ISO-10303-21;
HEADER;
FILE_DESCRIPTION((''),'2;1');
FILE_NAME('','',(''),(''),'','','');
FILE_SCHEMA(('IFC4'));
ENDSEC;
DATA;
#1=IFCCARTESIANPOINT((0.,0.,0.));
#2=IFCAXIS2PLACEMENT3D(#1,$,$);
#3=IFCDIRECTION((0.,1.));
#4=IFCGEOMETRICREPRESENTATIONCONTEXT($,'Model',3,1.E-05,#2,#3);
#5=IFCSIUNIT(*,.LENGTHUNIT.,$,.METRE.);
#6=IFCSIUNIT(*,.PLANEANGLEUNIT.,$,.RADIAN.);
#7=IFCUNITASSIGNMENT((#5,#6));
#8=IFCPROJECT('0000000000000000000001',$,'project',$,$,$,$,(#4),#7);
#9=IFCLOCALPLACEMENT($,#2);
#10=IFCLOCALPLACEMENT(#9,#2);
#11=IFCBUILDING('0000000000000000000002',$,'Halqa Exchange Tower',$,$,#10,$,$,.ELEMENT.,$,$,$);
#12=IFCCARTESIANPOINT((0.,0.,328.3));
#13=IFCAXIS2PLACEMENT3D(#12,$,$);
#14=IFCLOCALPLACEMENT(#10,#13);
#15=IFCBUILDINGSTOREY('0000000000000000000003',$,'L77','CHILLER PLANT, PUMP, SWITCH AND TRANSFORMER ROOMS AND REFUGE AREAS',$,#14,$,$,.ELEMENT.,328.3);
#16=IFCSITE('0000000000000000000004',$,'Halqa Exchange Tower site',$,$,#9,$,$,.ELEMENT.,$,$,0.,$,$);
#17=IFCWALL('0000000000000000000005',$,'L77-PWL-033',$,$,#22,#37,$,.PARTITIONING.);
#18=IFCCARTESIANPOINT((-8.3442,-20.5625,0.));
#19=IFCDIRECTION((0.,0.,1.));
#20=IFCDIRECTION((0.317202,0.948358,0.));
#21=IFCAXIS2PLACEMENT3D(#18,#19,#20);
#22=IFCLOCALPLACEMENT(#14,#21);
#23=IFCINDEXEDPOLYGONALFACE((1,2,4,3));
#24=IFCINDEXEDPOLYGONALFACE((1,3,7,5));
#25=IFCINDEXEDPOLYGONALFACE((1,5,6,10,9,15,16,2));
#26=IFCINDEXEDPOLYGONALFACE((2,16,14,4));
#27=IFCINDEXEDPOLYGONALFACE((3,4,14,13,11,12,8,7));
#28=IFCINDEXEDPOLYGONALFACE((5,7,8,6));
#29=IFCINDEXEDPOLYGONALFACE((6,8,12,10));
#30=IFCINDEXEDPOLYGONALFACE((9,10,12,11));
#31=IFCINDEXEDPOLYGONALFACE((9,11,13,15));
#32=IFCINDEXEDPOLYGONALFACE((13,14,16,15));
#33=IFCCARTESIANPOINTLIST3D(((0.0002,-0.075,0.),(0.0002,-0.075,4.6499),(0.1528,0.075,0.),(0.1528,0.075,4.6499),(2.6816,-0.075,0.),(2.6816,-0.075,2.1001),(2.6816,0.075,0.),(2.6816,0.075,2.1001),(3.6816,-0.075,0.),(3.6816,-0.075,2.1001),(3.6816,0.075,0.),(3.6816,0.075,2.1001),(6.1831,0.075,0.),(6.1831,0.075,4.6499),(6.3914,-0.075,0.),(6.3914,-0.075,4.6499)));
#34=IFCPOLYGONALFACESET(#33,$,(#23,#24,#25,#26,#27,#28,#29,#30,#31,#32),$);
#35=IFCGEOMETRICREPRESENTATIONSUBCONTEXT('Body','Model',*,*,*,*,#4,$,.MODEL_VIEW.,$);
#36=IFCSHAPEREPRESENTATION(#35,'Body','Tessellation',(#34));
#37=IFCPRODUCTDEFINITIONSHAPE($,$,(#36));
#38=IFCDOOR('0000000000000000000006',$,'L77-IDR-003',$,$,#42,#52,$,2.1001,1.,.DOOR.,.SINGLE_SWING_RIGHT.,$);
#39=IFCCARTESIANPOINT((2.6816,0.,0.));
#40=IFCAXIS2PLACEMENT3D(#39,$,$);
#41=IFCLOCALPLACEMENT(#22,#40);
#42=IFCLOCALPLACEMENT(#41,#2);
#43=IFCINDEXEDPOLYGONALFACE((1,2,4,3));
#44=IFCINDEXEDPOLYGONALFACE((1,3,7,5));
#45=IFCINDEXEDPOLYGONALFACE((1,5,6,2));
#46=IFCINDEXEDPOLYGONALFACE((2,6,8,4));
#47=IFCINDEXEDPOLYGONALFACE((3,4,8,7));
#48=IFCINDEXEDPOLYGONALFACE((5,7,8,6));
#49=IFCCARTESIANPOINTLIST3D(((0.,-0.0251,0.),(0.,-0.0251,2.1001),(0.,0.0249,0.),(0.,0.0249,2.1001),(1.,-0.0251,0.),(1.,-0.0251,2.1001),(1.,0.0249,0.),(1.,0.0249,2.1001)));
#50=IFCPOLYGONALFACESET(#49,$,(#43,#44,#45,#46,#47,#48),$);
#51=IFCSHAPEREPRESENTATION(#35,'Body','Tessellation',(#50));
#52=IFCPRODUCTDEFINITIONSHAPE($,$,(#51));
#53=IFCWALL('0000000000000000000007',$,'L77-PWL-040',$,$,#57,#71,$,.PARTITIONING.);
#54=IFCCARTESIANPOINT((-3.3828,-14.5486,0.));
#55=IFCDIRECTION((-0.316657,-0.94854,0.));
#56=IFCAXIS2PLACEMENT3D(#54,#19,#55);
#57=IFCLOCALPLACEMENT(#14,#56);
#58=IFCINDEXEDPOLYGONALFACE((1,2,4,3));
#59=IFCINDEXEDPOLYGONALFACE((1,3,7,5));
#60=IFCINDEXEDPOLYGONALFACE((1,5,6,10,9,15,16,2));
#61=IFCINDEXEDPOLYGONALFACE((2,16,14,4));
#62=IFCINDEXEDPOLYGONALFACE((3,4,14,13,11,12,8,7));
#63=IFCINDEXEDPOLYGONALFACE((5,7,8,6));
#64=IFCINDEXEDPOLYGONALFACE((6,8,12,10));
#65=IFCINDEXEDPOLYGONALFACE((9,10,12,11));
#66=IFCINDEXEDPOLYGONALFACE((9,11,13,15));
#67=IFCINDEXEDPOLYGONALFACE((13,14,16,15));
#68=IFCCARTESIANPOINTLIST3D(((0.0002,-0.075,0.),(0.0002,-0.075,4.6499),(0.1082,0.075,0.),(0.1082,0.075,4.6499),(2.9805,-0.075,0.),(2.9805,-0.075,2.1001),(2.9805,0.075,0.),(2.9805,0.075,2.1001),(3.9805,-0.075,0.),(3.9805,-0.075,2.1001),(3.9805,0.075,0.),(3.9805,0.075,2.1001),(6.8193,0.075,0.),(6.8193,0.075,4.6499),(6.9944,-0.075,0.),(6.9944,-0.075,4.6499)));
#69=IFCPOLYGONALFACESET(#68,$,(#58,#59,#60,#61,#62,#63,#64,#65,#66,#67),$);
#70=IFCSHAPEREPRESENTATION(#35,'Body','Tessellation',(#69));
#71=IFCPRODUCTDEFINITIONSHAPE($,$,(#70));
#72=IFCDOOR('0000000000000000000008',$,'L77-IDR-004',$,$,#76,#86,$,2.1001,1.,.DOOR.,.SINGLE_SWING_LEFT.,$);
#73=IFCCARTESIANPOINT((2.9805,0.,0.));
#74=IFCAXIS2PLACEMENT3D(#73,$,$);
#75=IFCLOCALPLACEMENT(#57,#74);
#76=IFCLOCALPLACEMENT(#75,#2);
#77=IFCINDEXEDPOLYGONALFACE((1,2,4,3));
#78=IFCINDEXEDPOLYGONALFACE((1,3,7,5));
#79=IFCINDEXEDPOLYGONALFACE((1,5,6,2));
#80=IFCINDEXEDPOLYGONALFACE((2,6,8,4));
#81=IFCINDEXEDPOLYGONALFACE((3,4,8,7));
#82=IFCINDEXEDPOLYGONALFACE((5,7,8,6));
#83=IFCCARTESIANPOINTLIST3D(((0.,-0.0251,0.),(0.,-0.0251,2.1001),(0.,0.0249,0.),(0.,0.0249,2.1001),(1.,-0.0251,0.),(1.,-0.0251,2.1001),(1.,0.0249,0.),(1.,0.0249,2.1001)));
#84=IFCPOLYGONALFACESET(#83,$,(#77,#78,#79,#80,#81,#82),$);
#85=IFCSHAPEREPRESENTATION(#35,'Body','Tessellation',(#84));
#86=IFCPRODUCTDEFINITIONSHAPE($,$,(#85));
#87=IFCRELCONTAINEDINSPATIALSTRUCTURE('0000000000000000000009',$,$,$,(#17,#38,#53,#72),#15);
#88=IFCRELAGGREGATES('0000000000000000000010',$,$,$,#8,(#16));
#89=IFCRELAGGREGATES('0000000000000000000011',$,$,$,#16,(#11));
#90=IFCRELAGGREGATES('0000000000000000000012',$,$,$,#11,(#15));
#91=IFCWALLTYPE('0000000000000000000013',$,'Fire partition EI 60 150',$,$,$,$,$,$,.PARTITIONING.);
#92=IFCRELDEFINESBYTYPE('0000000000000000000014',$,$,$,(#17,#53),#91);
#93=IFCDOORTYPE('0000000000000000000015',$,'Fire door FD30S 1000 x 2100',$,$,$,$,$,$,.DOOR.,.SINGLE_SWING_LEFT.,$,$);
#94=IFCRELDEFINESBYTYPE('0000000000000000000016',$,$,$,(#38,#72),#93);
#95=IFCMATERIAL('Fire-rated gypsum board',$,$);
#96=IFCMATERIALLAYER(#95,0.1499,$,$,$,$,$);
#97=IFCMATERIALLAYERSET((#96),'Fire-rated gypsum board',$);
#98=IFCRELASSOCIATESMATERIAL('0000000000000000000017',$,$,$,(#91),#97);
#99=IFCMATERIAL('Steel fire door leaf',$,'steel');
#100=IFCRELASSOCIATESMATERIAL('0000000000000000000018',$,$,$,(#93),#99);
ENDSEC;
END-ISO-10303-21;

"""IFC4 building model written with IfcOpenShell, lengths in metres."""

from ifc_helpers import new_model, si_unit, direction, frame, frame_2d, origin, place, context, subcontext, project, spatial, polyline, rectangle, outline, extrude, material, layer, layer_set, type_object, element, fill, save


model = new_model("IFC4")

# Units and contexts
model_context = context("Model", 3, precision=1e-05, world=origin(), true_north=direction((0.0, 1.0)))
body_context = subcontext(model_context, "Body", "Model", "MODEL_VIEW")
ifc_project = project(units=[si_unit("LENGTHUNIT", "METRE"), si_unit("PLANEANGLEUNIT", "RADIAN")], contexts=[model_context])

# Site, building, storey
site_placement = place(None, origin())
site = spatial("IfcSite", under=ifc_project, at=site_placement, Name="Halqa Exchange Tower site", CompositionType="ELEMENT", RefElevation=0.0)
building_placement = place(site_placement, origin())
building = spatial("IfcBuilding", under=site, at=building_placement, Name="Halqa Exchange Tower", CompositionType="ELEMENT")
storey_placement = place(building_placement, frame((0.0, 0.0, 328.3)))
storey = spatial("IfcBuildingStorey", under=building, at=storey_placement, Name="L77", Description="CHILLER PLANT, PUMP, SWITCH AND TRANSFORMER ROOMS AND REFUGE AREAS", CompositionType="ELEMENT", Elevation=328.3)

# Shared definitions
ifc_material_1 = material(Name="Fire-rated gypsum board")
ifc_layer_1 = layer(ifc_material_1, 0.1499)
ifc_layer_set_1 = layer_set([ifc_layer_1], Name="Fire-rated gypsum board")
wall_type_1 = type_object("IfcWallType", Name="Fire partition EI 60 150", PredefinedType="PARTITIONING", material=ifc_layer_set_1)

# Wall, opening, door
wall_1_placement = place(storey_placement, frame((-8.3442, -20.5625, 0.0), z_axis=(0.0, 0.0, 1.0), x_axis=(0.317202, 0.948358, 0.0)))
wall_1 = element("IfcWall", 1, at=wall_1_placement, inside=storey, type_object=wall_type_1, Name="L77-PWL-033", PredefinedType="PARTITIONING", context=body_context, shape_type="SweptSolid", body=[
    extrude(outline(polyline([(0.0002, -0.075), (1.5979, -0.075), (3.1958, -0.075), (4.7935, -0.075), (6.3914, -0.075), (6.1831, 0.075), (4.6755, 0.075), (3.168, 0.075), (1.6604, 0.075), (0.1528, 0.075), (0.0002, -0.075)])), origin(), (0.0, 0.0, 1.0), 4.6499),
])
opening_1_placement = place(wall_1_placement, frame((2.6816, 0.0, 0.0)))
opening_1 = element("IfcOpeningElement", 2, at=opening_1_placement, cuts=wall_1, PredefinedType="OPENING", context=body_context, shape_type="SweptSolid", body=[
    extrude(rectangle(XDim=1.0, YDim=2.1001, at=frame_2d((0.5, 1.05))), frame((0.0, 0.0869, 0.0), z_axis=(0.0, -1.0, 0.0), x_axis=(1.0, 0.0, 0.0)), (0.0, 0.0, 1.0), 0.1738),
])
ifc_material_2 = material(Name="Steel fire door leaf", Category="steel")
door_type = type_object("IfcDoorType", Name="Fire door FD30S 1000 x 2100", OperationType="SINGLE_SWING_LEFT", PredefinedType="DOOR", material=ifc_material_2)
door_1_placement = place(opening_1_placement, origin())
door_1 = element("IfcDoor", 3, at=door_1_placement, inside=storey, type_object=door_type, Name="L77-IDR-003", OperationType="SINGLE_SWING_RIGHT", OverallHeight=2.1001, OverallWidth=1.0, PredefinedType="DOOR", context=body_context, shape_type="SweptSolid", body=[
    extrude(rectangle(XDim=1.0, YDim=2.1001, at=frame_2d((0.5, 1.05))), frame((0.0, 0.0249, 0.0), z_axis=(0.0, -1.0, 0.0), x_axis=(1.0, 0.0, 0.0)), (0.0, 0.0, 1.0), 0.05),
])
fill(opening_1, door_1)

# Wall, opening, door
wall_2_placement = place(storey_placement, frame((-3.3828, -14.5486, 0.0), z_axis=(0.0, 0.0, 1.0), x_axis=(-0.316657, -0.94854, 0.0)))
wall_2 = element("IfcWall", 4, at=wall_2_placement, inside=storey, type_object=wall_type_1, Name="L77-PWL-040", PredefinedType="PARTITIONING", context=body_context, shape_type="SweptSolid", body=[
    extrude(outline(polyline([(0.0002, -0.075), (1.7488, -0.075), (3.4973, -0.075), (5.2458, -0.075), (6.9944, -0.075), (6.8193, 0.075), (5.1416, 0.075), (3.4636, 0.075), (1.7859, 0.075), (0.1082, 0.075), (0.0002, -0.075)])), origin(), (0.0, 0.0, 1.0), 4.6499),
])
opening_2_placement = place(wall_2_placement, frame((2.9805, 0.0, 0.0)))
opening_2 = element("IfcOpeningElement", 5, at=opening_2_placement, cuts=wall_2, PredefinedType="OPENING", context=body_context, shape_type="SweptSolid", body=[
    extrude(rectangle(XDim=1.0, YDim=2.1001, at=frame_2d((0.5, 1.05))), frame((0.0, 0.0869, 0.0), z_axis=(0.0, -1.0, 0.0), x_axis=(1.0, 0.0, 0.0)), (0.0, 0.0, 1.0), 0.1738),
])
door_2_placement = place(opening_2_placement, origin())
door_2 = element("IfcDoor", 6, at=door_2_placement, inside=storey, type_object=door_type, Name="L77-IDR-004", OperationType="SINGLE_SWING_LEFT", OverallHeight=2.1001, OverallWidth=1.0, PredefinedType="DOOR", context=body_context, shape_type="SweptSolid", body=[
    extrude(rectangle(XDim=1.0, YDim=2.1001, at=frame_2d((0.5, 1.05))), frame((0.0, 0.0249, 0.0), z_axis=(0.0, -1.0, 0.0), x_axis=(1.0, 0.0, 0.0)), (0.0, 0.0, 1.0), 0.05),
])
fill(opening_2, door_2)

save(model, "model.ifc")
